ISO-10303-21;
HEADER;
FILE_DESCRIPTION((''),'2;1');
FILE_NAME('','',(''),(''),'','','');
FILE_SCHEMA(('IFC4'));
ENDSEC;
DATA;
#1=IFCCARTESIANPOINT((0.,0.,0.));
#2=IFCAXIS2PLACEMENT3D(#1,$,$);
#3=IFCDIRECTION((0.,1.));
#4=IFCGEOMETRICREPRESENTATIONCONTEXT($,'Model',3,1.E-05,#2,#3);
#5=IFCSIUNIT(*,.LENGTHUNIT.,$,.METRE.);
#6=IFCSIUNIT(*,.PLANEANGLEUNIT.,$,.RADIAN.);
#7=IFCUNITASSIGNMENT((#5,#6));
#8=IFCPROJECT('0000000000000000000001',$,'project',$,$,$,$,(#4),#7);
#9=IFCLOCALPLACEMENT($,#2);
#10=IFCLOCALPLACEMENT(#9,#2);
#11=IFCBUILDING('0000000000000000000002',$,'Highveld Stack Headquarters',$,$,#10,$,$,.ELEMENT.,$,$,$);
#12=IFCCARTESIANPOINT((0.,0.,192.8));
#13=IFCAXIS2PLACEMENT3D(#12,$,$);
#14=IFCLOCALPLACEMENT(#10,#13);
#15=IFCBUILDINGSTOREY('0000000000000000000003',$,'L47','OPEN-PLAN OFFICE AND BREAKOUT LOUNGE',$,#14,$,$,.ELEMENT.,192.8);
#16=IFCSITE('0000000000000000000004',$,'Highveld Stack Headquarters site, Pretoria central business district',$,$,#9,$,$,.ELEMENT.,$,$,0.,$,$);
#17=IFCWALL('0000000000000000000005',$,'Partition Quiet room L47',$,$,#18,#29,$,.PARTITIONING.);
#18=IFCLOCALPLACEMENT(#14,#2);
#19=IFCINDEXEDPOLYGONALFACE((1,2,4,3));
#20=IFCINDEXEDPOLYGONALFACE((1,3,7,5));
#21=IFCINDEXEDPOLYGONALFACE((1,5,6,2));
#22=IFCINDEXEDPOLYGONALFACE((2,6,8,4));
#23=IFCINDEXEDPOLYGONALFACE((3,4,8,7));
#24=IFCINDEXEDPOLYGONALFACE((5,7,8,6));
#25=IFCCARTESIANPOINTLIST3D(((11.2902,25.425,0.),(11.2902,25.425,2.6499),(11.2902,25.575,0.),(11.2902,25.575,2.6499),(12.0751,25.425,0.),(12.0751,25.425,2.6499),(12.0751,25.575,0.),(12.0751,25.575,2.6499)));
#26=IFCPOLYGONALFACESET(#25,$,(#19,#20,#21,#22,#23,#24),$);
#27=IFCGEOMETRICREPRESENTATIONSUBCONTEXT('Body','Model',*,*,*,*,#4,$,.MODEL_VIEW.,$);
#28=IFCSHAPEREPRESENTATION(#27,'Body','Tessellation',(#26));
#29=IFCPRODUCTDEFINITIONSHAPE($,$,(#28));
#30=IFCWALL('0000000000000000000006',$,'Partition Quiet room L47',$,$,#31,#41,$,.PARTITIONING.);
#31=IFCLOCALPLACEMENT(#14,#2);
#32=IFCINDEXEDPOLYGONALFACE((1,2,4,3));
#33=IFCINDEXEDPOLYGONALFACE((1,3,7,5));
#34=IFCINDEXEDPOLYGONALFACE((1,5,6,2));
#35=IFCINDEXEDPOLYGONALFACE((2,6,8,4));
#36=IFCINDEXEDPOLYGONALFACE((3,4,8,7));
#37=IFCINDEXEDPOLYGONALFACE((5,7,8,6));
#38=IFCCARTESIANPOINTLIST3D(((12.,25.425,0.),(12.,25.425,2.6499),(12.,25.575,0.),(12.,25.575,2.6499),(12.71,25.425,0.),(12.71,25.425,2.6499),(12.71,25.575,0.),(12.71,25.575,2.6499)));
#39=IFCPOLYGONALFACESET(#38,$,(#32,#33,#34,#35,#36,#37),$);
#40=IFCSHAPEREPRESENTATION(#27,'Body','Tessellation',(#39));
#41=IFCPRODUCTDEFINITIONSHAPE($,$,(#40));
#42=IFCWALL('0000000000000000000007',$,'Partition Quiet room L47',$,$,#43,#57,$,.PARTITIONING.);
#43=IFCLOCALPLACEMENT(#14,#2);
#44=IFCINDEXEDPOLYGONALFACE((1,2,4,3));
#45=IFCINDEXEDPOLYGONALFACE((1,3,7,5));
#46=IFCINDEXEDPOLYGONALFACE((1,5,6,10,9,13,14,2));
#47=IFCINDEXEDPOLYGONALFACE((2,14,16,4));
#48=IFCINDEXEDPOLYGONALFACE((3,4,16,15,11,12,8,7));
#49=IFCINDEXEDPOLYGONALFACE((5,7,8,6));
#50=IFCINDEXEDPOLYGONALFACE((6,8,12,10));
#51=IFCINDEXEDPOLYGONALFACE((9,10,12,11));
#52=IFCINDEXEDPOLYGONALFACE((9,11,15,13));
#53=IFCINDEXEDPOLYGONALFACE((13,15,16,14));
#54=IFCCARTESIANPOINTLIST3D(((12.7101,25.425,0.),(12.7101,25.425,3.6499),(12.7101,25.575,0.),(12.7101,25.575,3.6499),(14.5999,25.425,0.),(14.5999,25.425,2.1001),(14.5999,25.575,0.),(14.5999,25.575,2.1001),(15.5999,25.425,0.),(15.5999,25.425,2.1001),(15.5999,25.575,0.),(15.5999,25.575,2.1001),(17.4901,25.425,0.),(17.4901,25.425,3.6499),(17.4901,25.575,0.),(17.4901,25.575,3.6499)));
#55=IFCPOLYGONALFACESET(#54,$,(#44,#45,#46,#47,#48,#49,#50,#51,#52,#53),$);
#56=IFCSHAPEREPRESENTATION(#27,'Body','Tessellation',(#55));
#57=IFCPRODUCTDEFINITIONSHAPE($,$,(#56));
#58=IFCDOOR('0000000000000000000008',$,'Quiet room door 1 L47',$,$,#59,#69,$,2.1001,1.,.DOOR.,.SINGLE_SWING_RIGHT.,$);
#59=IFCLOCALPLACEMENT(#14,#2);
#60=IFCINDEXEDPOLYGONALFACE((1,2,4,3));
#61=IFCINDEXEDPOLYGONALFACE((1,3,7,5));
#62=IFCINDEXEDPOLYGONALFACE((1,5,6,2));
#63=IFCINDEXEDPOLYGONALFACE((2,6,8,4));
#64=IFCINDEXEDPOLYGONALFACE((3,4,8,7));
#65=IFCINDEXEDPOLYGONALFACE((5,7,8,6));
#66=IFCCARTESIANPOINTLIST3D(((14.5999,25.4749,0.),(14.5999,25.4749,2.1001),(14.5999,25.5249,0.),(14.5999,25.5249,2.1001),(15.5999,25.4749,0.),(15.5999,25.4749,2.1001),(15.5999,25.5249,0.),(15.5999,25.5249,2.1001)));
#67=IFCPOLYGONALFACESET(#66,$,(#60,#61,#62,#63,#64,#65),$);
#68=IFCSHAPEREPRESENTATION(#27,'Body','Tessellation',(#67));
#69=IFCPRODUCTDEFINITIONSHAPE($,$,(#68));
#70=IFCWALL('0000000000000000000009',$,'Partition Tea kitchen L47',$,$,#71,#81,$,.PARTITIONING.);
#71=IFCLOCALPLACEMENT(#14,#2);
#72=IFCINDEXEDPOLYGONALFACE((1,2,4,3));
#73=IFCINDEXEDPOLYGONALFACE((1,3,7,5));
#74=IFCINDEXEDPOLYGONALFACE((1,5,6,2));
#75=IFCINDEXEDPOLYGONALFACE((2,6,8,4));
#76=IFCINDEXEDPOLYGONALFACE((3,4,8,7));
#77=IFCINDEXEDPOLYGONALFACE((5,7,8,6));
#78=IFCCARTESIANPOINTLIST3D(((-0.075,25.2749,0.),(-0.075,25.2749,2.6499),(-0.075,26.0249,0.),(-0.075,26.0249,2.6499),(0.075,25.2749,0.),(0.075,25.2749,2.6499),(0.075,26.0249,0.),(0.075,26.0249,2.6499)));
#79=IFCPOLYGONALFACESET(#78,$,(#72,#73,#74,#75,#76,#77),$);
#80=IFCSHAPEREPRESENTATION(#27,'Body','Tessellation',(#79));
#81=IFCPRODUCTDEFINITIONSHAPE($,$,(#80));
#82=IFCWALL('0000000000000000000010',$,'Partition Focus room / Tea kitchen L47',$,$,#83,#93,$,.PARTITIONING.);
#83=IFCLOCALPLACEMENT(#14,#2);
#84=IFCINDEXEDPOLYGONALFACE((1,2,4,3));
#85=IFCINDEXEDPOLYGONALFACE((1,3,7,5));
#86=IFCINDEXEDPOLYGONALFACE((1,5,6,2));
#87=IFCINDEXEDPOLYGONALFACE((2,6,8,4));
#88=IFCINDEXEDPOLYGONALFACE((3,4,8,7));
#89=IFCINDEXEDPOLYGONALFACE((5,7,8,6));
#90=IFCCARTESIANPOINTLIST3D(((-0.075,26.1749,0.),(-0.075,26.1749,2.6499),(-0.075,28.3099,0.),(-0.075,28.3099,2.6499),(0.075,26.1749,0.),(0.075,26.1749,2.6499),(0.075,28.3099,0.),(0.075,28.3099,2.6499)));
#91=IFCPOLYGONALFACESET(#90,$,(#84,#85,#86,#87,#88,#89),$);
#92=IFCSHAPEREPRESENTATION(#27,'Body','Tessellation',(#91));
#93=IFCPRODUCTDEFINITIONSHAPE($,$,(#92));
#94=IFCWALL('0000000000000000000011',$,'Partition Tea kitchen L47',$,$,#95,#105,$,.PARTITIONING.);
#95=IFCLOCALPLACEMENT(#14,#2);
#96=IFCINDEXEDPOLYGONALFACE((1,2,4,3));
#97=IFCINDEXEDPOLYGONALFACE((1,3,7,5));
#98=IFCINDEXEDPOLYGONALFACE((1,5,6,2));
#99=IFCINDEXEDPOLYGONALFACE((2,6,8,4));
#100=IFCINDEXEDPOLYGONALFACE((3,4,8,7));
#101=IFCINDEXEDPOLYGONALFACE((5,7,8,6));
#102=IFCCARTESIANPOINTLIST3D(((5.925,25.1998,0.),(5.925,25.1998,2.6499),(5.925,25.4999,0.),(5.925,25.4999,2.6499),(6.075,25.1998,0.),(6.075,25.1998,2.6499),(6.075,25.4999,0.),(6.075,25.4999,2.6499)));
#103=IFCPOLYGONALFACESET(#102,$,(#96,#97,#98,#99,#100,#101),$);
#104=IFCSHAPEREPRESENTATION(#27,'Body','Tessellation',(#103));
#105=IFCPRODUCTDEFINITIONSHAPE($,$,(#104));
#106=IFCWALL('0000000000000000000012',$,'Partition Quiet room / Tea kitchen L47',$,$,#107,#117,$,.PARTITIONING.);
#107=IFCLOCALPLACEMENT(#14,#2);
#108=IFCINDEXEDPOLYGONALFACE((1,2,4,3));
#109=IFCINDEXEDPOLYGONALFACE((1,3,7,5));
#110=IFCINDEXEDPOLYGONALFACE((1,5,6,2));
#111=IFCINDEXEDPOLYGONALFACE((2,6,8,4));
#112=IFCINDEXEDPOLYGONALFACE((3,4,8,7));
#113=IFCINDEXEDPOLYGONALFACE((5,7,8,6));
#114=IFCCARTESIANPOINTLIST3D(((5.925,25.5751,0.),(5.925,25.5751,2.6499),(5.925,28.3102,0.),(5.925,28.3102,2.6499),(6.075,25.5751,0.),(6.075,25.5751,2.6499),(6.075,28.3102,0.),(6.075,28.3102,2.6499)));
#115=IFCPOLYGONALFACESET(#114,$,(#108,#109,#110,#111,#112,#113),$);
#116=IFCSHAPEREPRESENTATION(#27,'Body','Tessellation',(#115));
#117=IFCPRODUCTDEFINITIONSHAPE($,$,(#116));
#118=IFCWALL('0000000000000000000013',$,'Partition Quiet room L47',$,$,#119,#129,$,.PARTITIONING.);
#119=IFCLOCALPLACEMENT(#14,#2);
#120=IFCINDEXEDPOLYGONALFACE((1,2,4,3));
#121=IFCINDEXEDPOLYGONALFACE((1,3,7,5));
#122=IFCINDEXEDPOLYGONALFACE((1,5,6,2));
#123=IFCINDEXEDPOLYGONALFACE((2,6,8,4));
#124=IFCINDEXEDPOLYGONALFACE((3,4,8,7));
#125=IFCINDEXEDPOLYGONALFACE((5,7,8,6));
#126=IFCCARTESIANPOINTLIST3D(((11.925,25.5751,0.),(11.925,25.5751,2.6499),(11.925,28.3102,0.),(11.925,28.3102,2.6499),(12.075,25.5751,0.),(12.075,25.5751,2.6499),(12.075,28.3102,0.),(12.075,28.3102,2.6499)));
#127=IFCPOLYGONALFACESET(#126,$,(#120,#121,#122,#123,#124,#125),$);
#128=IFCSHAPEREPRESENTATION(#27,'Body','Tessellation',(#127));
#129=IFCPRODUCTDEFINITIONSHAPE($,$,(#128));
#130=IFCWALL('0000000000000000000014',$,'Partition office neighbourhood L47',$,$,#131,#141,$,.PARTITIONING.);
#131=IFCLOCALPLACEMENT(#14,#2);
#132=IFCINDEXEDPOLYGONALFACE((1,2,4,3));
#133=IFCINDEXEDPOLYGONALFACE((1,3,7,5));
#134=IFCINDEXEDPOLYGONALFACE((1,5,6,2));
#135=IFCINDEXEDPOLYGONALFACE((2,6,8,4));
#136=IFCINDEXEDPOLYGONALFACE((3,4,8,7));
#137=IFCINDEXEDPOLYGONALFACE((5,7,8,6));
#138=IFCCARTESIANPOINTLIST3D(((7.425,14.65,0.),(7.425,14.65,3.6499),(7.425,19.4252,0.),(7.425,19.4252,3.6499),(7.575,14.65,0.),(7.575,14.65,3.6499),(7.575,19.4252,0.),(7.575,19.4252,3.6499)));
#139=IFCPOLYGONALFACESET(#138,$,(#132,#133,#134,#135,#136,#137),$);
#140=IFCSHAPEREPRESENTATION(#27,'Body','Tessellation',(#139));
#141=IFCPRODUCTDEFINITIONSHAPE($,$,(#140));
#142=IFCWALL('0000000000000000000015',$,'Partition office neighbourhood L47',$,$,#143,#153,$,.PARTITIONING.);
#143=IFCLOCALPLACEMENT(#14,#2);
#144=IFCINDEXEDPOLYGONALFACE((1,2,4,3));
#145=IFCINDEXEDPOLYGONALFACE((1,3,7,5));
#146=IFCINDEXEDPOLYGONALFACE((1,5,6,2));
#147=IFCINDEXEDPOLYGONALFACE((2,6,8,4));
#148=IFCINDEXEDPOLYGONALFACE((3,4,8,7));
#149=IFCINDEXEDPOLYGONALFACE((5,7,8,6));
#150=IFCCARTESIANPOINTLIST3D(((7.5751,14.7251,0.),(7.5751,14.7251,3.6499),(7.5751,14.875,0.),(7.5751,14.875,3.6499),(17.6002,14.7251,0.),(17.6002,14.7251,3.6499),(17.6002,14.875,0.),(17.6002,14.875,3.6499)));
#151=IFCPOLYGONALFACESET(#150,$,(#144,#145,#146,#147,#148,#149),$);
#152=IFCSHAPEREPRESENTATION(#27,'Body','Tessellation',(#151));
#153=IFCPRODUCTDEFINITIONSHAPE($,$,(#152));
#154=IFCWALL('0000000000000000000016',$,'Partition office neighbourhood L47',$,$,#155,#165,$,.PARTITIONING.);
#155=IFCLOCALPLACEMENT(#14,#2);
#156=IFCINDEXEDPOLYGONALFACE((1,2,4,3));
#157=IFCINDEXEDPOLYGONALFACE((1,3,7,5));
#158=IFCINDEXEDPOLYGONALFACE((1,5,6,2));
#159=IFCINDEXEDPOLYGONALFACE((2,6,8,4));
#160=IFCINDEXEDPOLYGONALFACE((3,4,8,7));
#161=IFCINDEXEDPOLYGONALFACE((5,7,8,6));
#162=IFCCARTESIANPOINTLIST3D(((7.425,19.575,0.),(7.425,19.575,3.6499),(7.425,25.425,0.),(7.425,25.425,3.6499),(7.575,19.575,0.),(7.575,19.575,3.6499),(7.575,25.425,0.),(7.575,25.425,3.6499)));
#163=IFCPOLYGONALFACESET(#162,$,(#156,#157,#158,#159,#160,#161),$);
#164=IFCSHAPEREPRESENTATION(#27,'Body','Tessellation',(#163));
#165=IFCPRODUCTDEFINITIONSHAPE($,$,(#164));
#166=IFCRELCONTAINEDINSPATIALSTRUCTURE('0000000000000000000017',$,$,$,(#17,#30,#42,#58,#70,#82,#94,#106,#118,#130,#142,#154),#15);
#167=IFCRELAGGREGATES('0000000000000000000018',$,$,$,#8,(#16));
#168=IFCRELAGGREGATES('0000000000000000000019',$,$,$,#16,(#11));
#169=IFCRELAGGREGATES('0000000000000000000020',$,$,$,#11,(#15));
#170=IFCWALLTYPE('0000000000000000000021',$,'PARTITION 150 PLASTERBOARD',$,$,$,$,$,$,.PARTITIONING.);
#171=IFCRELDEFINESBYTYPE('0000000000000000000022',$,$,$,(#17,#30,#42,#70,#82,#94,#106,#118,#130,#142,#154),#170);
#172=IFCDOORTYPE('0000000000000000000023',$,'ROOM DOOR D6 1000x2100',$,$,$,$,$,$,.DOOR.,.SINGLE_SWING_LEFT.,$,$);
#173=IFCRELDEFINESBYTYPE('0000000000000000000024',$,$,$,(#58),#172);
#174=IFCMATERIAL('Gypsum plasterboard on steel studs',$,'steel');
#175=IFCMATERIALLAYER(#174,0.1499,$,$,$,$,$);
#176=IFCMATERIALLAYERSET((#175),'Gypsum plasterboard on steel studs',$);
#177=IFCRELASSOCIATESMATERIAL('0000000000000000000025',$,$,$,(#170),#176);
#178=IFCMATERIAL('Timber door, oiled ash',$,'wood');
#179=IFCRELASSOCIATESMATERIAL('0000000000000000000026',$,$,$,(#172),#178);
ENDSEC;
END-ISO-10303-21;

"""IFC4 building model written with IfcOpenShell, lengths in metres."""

from ifc_helpers import new_model, si_unit, direction, frame, frame_2d, origin, place, context, subcontext, project, spatial, rectangle, extrude, material, layer, layer_set, type_object, element, fill, save


model = new_model("IFC4")

# Units and contexts
model_context = context("Model", 3, precision=1e-05, world=origin(), true_north=direction((0.0, 1.0)))
body_context = subcontext(model_context, "Body", "Model", "MODEL_VIEW")
ifc_project = project(units=[si_unit("LENGTHUNIT", "METRE"), si_unit("PLANEANGLEUNIT", "RADIAN")], contexts=[model_context])

# Site, building, storey
site_placement = place(None, origin())
site = spatial("IfcSite", under=ifc_project, at=site_placement, Name="Highveld Stack Headquarters site, Pretoria central business district", CompositionType="ELEMENT", RefElevation=0.0)
building_placement = place(site_placement, origin())
building = spatial("IfcBuilding", under=site, at=building_placement, Name="Highveld Stack Headquarters", CompositionType="ELEMENT")
storey_placement = place(building_placement, frame((0.0, 0.0, 192.8)))
storey = spatial("IfcBuildingStorey", under=building, at=storey_placement, Name="L47", Description="OPEN-PLAN OFFICE AND BREAKOUT LOUNGE", CompositionType="ELEMENT", Elevation=192.8)

# Shared definitions
ifc_material_1 = material(Name="Gypsum plasterboard on steel studs", Category="steel")
ifc_layer = layer(ifc_material_1, 0.1499)
ifc_layer_set = layer_set([ifc_layer], Name="Gypsum plasterboard on steel studs")
wall_type = type_object("IfcWallType", Name="PARTITION 150 PLASTERBOARD", PredefinedType="PARTITIONING", material=ifc_layer_set)
ifc_material_2 = material(Name="Timber door, oiled ash", Category="wood")
door_type = type_object("IfcDoorType", Name="ROOM DOOR D6 1000x2100", OperationType="SINGLE_SWING_LEFT", PredefinedType="DOOR", material=ifc_material_2)

# Walls
wall_1_placement = place(storey_placement, frame((11.29, 25.5, 0.0), z_axis=(0.0, 0.0, 1.0), x_axis=(1.0, 0.0, 0.0)))
element("IfcWall", 1, at=wall_1_placement, inside=storey, type_object=wall_type, Name="Partition Quiet room L47", PredefinedType="PARTITIONING", context=body_context, shape_type="SweptSolid", body=[
    extrude(rectangle(XDim=0.7849, YDim=0.1499, at=frame_2d((0.3926, 0.0))), origin(), (0.0, 0.0, 1.0), 2.6499),
])
wall_2_placement = place(storey_placement, frame((12.0, 25.5, 0.0), z_axis=(0.0, 0.0, 1.0), x_axis=(1.0, 0.0, 0.0)))
element("IfcWall", 2, at=wall_2_placement, inside=storey, type_object=wall_type, Name="Partition Quiet room L47", PredefinedType="PARTITIONING", context=body_context, shape_type="SweptSolid", body=[
    extrude(rectangle(XDim=0.71, YDim=0.1499, at=frame_2d((0.355, 0.0))), origin(), (0.0, 0.0, 1.0), 2.6499),
])

# Wall, opening, door
wall_3_placement = place(storey_placement, frame((12.71, 25.5, 0.0), z_axis=(0.0, 0.0, 1.0), x_axis=(1.0, 0.0, 0.0)))
wall_3 = element("IfcWall", 3, at=wall_3_placement, inside=storey, type_object=wall_type, Name="Partition Quiet room L47", PredefinedType="PARTITIONING", context=body_context, shape_type="SweptSolid", body=[
    extrude(rectangle(XDim=4.78, YDim=0.1499, at=frame_2d((2.3901, 0.0))), origin(), (0.0, 0.0, 1.0), 3.6499),
])
opening_1_placement = place(wall_3_placement, frame((1.8899, 0.0, 0.0)))
opening_1 = element("IfcOpeningElement", 4, at=opening_1_placement, cuts=wall_3, PredefinedType="OPENING", context=body_context, shape_type="SweptSolid", body=[
    extrude(rectangle(XDim=1.0, YDim=2.1001, at=frame_2d((0.5, 1.05))), frame((0.0, 0.085, 0.0), z_axis=(0.0, -1.0, 0.0), x_axis=(1.0, 0.0, 0.0)), (0.0, 0.0, 1.0), 0.1699),
])
door_1_placement = place(opening_1_placement, origin())
door_1 = element("IfcDoor", 5, at=door_1_placement, inside=storey, type_object=door_type, Name="Quiet room door 1 L47", OperationType="SINGLE_SWING_RIGHT", OverallHeight=2.1001, OverallWidth=1.0, PredefinedType="DOOR", context=body_context, shape_type="SweptSolid", body=[
    extrude(rectangle(XDim=1.0, YDim=2.1001, at=frame_2d((0.5, 1.05))), frame((0.0, 0.0249, 0.0), z_axis=(0.0, -1.0, 0.0), x_axis=(1.0, 0.0, 0.0)), (0.0, 0.0, 1.0), 0.05),
])
fill(opening_1, door_1)

# Walls
wall_4_placement = place(storey_placement, frame((0.0, 25.2749, 0.0), z_axis=(0.0, 0.0, 1.0), x_axis=(0.0, 1.0, 0.0)))
element("IfcWall", 6, at=wall_4_placement, inside=storey, type_object=wall_type, Name="Partition Tea kitchen L47", PredefinedType="PARTITIONING", context=body_context, shape_type="SweptSolid", body=[
    extrude(rectangle(XDim=0.75, YDim=0.1499, at=frame_2d((0.375, 0.0))), origin(), (0.0, 0.0, 1.0), 2.6499),
])
wall_5_placement = place(storey_placement, frame((0.0, 26.175, 0.0), z_axis=(0.0, 0.0, 1.0), x_axis=(0.0, 1.0, 0.0)))
element("IfcWall", 7, at=wall_5_placement, inside=storey, type_object=wall_type, Name="Partition Focus room / Tea kitchen L47", PredefinedType="PARTITIONING", context=body_context, shape_type="SweptSolid", body=[
    extrude(rectangle(XDim=2.135, YDim=0.1499, at=frame_2d((1.0674, 0.0))), origin(), (0.0, 0.0, 1.0), 2.6499),
])
wall_6_placement = place(storey_placement, frame((6.0, 25.2, 0.0), z_axis=(0.0, 0.0, 1.0), x_axis=(0.0, 1.0, 0.0)))
element("IfcWall", 8, at=wall_6_placement, inside=storey, type_object=wall_type, Name="Partition Tea kitchen L47", PredefinedType="PARTITIONING", context=body_context, shape_type="SweptSolid", body=[
    extrude(rectangle(XDim=0.3, YDim=0.1499, at=frame_2d((0.1499, 0.0))), origin(), (0.0, 0.0, 1.0), 2.6499),
])
for number, where, z_axis, x_axis, name in (
    (9, (6.0, 25.575, 0.0), (0.0, 0.0, 1.0), (0.0, 1.0, 0.0), "Partition Quiet room / Tea kitchen L47"),
    (10, (12.0, 25.575, 0.0), (0.0, 0.0, 1.0), (0.0, 1.0, 0.0), "Partition Quiet room L47"),
):
    element("IfcWall", number, at=place(storey_placement, frame(where, z_axis=z_axis, x_axis=x_axis)), inside=storey, type_object=wall_type, Name=name, PredefinedType="PARTITIONING", context=body_context, shape_type="SweptSolid", body=[
        extrude(rectangle(XDim=2.7351, YDim=0.1499, at=frame_2d((1.3677, 0.0))), origin(), (0.0, 0.0, 1.0), 2.6499),
    ])
wall_7_placement = place(storey_placement, frame((7.5, 14.6499, 0.0), z_axis=(0.0, 0.0, 1.0), x_axis=(0.0, 1.0, 0.0)))
element("IfcWall", 11, at=wall_7_placement, inside=storey, type_object=wall_type, Name="Partition office neighbourhood L47", PredefinedType="PARTITIONING", context=body_context, shape_type="SweptSolid", body=[
    extrude(rectangle(XDim=4.7751, YDim=0.1499, at=frame_2d((2.3877, 0.0))), origin(), (0.0, 0.0, 1.0), 3.6499),
])
wall_8_placement = place(storey_placement, frame((7.575, 14.8, 0.0), z_axis=(0.0, 0.0, 1.0), x_axis=(1.0, 0.0, 0.0)))
element("IfcWall", 12, at=wall_8_placement, inside=storey, type_object=wall_type, Name="Partition office neighbourhood L47", PredefinedType="PARTITIONING", context=body_context, shape_type="SweptSolid", body=[
    extrude(rectangle(XDim=10.0251, YDim=0.1499, at=frame_2d((5.0127, 0.0))), origin(), (0.0, 0.0, 1.0), 3.6499),
])
wall_9_placement = place(storey_placement, frame((7.5, 19.575, 0.0), z_axis=(0.0, 0.0, 1.0), x_axis=(0.0, 1.0, 0.0)))
element("IfcWall", 13, at=wall_9_placement, inside=storey, type_object=wall_type, Name="Partition office neighbourhood L47", PredefinedType="PARTITIONING", context=body_context, shape_type="SweptSolid", body=[
    extrude(rectangle(XDim=5.8501, YDim=0.1499, at=frame_2d((2.925, 0.0))), origin(), (0.0, 0.0, 1.0), 3.6499),
])

save(model, "model.ifc")
